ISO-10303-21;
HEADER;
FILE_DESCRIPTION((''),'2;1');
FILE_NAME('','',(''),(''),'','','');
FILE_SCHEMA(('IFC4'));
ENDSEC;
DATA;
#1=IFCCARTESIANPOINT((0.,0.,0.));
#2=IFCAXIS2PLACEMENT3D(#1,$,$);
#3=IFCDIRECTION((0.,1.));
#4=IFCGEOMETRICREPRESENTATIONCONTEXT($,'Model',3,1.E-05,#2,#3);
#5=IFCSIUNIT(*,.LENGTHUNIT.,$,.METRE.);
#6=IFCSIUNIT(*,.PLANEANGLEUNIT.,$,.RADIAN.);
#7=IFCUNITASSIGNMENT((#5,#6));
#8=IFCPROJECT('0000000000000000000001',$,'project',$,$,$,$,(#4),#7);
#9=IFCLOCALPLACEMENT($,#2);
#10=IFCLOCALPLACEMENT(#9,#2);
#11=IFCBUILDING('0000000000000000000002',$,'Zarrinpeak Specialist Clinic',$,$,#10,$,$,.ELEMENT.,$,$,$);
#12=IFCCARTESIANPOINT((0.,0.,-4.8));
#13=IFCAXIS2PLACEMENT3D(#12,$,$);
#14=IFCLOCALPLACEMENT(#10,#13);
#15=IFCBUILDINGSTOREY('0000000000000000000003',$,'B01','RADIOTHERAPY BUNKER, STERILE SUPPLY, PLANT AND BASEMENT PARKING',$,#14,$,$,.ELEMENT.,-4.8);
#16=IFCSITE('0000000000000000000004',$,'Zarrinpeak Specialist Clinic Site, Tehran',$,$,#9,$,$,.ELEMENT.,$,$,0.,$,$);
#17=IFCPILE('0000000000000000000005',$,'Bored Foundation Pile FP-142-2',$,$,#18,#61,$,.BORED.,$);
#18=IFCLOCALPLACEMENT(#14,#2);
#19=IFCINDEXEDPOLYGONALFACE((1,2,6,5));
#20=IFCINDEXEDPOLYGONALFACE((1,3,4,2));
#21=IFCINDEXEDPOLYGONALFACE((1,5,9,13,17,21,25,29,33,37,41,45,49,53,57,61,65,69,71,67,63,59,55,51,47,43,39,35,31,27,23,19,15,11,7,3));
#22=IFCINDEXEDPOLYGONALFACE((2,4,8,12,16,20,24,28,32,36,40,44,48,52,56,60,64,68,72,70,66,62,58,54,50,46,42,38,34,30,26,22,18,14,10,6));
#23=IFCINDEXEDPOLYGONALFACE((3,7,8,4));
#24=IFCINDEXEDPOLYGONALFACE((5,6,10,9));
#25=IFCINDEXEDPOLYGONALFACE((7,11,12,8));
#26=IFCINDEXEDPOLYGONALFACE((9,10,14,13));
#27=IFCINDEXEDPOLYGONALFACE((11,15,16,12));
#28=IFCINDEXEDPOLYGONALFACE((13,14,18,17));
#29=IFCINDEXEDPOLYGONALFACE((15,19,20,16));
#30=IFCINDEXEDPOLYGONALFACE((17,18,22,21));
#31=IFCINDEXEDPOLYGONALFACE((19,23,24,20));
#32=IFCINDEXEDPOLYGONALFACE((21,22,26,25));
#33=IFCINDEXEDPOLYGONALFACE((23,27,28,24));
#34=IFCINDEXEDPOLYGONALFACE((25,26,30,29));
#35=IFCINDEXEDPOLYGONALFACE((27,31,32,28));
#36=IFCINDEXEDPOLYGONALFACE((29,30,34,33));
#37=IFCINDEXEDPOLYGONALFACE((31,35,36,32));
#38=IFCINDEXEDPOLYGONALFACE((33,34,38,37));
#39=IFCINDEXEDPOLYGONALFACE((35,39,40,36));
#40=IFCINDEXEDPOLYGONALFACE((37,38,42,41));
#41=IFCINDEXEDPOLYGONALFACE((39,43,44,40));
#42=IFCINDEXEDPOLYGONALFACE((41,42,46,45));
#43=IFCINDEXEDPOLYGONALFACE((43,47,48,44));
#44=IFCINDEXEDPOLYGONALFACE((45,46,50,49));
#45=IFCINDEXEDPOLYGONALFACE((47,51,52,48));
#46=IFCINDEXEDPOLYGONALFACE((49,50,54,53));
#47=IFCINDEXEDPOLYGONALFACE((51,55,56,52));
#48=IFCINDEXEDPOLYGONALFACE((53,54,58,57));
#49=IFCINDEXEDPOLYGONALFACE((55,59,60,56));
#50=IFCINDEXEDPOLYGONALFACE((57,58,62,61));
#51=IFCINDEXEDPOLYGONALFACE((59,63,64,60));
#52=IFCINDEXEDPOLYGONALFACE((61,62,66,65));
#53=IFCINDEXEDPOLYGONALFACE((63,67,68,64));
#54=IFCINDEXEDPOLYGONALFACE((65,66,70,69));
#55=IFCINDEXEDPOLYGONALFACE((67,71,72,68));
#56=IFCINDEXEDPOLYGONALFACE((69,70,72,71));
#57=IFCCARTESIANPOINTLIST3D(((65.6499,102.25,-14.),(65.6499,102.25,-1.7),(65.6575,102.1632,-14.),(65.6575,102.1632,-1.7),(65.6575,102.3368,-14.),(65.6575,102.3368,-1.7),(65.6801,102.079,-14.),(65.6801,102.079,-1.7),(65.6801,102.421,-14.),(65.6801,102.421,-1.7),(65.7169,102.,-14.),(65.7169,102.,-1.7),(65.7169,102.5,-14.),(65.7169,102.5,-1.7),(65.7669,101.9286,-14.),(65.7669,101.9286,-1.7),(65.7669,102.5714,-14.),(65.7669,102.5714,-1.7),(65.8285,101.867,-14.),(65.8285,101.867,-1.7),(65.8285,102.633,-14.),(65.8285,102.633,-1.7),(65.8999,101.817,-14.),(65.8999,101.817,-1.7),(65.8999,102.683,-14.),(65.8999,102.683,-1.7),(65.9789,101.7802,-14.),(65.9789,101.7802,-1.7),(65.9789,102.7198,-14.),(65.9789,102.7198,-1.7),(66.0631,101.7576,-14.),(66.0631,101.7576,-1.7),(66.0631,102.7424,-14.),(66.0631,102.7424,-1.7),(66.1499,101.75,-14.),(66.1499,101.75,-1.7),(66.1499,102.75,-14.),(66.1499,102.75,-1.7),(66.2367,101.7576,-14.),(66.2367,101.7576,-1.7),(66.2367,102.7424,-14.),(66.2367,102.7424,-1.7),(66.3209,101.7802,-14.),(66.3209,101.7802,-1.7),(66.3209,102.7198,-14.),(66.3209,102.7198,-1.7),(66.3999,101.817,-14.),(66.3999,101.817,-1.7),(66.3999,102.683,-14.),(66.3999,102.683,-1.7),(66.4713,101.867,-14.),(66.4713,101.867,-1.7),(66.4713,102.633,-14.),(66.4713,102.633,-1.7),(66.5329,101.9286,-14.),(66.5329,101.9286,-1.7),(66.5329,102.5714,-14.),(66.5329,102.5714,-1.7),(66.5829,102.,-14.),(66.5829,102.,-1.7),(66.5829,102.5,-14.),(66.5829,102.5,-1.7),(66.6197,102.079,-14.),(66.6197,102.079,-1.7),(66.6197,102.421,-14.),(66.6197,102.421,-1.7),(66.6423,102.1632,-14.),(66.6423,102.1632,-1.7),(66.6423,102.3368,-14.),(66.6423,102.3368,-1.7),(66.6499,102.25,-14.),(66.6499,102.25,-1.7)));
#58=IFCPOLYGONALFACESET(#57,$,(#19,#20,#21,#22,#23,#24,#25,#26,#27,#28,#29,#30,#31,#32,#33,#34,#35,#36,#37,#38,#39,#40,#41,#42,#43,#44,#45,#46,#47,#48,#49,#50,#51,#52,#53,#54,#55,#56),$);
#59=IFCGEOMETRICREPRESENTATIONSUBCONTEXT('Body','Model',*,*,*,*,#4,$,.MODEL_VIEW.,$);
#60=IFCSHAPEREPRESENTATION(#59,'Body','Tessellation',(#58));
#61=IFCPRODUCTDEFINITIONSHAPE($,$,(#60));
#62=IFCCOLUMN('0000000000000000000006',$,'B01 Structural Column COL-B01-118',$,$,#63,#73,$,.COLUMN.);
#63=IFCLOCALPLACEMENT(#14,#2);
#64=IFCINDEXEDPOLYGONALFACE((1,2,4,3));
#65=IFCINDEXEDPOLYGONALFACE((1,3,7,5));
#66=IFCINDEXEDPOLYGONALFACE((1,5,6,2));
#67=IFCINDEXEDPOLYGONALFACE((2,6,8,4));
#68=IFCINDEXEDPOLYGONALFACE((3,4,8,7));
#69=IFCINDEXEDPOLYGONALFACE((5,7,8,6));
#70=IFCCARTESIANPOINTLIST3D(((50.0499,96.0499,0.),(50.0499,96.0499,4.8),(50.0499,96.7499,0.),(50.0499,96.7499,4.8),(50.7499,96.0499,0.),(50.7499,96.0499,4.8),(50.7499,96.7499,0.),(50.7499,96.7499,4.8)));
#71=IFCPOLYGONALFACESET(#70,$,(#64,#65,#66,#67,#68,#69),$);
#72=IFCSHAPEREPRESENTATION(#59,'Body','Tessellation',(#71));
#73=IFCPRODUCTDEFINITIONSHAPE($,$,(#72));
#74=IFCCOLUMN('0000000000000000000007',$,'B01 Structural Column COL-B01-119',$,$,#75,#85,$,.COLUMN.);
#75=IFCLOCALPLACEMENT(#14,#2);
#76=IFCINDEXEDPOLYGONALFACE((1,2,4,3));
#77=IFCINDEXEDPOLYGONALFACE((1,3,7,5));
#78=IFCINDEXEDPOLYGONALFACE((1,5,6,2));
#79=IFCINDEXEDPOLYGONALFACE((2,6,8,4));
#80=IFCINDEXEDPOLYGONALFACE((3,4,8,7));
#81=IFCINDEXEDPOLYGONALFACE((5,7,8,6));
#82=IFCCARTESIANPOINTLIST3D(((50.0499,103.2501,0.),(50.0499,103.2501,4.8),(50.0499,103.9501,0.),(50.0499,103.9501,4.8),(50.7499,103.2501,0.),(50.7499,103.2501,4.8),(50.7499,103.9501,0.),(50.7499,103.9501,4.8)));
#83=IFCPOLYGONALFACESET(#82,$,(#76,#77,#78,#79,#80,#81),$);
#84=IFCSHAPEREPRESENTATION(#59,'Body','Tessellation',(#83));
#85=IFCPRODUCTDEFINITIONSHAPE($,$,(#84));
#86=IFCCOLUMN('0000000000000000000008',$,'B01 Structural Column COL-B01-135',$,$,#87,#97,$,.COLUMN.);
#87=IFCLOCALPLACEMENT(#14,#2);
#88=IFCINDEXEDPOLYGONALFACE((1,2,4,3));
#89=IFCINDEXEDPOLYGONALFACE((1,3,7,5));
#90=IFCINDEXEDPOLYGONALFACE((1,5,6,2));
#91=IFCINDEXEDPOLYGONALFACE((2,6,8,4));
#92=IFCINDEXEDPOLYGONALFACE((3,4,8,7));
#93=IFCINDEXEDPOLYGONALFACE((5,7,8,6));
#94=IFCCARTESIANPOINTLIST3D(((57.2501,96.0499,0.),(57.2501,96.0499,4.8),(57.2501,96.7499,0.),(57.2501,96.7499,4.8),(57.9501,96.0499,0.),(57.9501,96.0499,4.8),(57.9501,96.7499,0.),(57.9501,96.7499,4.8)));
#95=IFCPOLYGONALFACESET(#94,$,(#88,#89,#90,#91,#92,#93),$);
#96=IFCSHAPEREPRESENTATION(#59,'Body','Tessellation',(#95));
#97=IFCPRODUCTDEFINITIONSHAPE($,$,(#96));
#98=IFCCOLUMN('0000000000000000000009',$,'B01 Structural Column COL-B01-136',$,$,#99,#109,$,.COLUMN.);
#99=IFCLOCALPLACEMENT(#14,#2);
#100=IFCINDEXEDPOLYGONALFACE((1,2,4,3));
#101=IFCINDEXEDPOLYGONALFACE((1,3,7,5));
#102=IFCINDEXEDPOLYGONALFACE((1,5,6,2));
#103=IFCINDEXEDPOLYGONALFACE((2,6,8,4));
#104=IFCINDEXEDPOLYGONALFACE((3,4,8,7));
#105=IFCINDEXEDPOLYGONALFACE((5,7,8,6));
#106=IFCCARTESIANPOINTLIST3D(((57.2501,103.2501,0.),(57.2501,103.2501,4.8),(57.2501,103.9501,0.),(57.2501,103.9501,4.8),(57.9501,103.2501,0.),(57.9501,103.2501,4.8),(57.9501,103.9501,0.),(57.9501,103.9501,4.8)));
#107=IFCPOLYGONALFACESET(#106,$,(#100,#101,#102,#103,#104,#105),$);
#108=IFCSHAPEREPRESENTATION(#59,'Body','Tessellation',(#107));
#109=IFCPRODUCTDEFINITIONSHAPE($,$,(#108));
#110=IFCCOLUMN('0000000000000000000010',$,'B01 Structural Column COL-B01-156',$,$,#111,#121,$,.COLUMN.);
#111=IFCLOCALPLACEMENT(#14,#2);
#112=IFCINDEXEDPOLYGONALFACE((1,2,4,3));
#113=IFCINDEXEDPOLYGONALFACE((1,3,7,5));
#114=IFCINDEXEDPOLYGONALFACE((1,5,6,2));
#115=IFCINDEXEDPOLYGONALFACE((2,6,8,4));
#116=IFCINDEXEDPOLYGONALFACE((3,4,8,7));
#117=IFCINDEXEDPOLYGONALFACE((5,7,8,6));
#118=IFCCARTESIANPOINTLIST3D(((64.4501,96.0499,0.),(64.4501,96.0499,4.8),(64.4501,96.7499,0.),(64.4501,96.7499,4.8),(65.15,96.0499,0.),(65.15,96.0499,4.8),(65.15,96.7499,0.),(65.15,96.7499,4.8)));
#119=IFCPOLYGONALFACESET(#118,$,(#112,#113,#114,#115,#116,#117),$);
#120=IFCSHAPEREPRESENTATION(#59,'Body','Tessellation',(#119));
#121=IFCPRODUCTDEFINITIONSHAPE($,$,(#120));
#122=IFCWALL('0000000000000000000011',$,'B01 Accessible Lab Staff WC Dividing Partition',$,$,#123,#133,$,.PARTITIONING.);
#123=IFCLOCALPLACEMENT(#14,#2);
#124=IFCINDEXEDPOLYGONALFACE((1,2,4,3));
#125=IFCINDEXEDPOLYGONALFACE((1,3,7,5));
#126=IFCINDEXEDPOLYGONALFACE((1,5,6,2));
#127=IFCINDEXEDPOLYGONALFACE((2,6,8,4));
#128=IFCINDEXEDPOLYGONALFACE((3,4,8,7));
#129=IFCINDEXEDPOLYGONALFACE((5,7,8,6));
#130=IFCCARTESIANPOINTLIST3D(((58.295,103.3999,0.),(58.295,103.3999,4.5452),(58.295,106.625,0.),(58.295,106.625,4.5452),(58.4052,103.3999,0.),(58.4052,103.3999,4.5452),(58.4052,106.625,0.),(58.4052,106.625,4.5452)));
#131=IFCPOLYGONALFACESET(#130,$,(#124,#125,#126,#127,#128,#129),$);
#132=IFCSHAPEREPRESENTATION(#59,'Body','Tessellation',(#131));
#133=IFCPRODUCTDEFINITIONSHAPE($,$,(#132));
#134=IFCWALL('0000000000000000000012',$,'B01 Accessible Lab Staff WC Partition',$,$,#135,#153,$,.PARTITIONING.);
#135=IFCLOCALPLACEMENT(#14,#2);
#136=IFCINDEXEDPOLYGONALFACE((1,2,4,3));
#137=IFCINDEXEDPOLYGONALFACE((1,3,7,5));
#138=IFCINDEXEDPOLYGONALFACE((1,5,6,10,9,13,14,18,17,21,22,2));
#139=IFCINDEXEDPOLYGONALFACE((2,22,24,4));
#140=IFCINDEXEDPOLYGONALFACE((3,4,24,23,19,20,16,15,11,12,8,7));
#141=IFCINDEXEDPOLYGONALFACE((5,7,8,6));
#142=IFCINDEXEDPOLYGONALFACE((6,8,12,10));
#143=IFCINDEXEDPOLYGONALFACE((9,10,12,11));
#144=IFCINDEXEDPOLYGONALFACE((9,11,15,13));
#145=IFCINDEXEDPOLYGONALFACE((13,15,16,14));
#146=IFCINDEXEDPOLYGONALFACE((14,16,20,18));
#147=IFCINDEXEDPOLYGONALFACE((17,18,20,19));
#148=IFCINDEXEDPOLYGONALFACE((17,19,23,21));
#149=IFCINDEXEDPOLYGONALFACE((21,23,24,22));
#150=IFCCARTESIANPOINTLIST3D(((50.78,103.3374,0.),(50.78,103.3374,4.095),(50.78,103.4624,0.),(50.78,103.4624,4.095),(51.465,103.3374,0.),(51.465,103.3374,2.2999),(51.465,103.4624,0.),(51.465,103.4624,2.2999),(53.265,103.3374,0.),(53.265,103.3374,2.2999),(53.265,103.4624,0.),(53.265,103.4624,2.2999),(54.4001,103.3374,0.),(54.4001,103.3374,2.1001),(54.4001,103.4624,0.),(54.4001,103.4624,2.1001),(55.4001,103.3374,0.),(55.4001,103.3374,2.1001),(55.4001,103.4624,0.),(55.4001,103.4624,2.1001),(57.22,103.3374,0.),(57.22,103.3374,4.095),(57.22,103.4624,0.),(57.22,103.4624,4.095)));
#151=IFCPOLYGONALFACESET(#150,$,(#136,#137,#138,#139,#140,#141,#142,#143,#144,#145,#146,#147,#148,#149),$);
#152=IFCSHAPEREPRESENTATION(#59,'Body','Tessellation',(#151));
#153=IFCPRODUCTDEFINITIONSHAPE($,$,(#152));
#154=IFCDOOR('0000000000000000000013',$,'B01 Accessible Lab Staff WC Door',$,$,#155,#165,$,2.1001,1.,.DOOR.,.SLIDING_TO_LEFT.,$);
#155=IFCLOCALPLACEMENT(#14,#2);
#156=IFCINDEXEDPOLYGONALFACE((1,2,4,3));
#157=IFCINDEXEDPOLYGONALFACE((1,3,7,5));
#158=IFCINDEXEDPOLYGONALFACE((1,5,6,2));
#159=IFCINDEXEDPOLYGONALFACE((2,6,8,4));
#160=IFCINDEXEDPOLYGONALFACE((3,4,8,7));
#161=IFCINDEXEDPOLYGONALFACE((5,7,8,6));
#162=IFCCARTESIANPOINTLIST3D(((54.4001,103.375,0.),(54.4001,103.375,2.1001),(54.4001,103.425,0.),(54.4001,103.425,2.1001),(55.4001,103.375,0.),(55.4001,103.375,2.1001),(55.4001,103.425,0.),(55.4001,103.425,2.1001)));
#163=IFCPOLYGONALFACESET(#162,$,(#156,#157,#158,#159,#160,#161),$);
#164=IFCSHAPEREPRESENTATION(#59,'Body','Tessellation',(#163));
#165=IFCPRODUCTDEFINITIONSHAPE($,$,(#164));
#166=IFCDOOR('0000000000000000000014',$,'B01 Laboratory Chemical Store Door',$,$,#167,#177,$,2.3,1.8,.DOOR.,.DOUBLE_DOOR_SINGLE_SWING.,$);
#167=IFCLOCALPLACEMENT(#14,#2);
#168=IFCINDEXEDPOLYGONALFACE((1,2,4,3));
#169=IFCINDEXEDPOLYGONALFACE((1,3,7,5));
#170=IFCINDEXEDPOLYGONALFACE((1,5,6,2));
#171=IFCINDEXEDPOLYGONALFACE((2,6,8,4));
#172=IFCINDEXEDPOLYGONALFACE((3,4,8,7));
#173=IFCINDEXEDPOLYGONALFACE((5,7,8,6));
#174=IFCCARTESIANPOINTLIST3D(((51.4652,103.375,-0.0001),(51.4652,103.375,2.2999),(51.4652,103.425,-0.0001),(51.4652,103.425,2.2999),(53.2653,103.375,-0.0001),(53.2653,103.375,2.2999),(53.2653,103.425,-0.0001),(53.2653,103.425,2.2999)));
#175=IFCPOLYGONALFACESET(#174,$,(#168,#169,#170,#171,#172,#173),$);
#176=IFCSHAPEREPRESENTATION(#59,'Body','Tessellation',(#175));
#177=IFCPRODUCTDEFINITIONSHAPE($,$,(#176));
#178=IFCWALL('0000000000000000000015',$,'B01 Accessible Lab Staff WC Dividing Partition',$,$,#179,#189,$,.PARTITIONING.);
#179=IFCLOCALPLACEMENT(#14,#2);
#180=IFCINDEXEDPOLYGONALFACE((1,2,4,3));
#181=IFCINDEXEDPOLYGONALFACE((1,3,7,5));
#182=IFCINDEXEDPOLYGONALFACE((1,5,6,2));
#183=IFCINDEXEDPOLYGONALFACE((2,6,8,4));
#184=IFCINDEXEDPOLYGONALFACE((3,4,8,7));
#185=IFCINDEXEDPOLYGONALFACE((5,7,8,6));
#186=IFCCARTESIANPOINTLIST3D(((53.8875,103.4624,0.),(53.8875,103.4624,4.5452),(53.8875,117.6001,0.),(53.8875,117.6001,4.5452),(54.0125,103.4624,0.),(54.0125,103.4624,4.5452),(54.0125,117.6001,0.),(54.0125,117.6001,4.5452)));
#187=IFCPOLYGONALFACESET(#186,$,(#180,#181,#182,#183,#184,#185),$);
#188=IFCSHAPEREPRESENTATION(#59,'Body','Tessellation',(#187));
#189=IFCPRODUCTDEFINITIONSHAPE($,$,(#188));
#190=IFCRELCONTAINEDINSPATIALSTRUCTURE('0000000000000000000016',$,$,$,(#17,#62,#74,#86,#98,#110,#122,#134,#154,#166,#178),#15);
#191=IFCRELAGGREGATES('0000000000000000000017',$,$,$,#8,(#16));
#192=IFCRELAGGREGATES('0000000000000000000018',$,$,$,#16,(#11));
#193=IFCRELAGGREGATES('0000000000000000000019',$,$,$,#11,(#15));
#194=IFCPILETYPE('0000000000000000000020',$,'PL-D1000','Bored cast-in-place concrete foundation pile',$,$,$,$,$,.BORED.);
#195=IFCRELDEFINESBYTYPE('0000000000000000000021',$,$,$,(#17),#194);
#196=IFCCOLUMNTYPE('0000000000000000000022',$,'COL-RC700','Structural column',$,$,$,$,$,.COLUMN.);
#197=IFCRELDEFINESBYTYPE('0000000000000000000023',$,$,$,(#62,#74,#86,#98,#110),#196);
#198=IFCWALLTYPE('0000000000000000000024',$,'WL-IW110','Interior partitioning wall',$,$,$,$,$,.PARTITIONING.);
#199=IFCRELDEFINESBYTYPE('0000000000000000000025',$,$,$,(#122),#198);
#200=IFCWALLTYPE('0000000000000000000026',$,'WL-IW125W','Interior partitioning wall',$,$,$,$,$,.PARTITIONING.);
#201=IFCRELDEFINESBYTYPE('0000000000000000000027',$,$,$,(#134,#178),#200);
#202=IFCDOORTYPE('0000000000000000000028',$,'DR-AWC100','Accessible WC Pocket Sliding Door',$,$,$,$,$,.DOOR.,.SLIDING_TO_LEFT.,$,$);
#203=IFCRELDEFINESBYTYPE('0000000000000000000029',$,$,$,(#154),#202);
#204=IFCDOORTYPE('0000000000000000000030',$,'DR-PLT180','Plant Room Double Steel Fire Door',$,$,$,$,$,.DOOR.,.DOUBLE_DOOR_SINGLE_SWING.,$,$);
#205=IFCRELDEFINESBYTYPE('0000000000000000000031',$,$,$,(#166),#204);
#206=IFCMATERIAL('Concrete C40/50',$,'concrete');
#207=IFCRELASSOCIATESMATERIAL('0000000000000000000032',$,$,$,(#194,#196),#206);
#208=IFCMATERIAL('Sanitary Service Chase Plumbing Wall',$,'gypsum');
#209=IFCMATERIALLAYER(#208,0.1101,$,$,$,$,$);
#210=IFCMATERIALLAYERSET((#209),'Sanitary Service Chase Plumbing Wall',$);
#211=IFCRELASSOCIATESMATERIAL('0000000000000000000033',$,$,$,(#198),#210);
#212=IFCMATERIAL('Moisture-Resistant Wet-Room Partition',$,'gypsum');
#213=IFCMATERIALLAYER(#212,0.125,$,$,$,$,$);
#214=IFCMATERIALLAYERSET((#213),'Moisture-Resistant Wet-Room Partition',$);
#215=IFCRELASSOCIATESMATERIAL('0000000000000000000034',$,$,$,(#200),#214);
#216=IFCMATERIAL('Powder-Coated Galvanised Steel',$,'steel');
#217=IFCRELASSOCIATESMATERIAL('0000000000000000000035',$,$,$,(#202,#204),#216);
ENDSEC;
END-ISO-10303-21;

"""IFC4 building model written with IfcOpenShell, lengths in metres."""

from ifc_helpers import new_model, si_unit, direction, frame, frame_2d, origin, origin_2d, place, context, subcontext, project, spatial, rectangle, circle, extrude, material, layer, layer_set, material_profile, profile_set, type_object, element, fill, save


model = new_model("IFC4")

# Units and contexts
model_context = context("Model", 3, precision=1e-05, world=origin(), true_north=direction((0.0, 1.0)))
body_context = subcontext(model_context, "Body", "Model", "MODEL_VIEW")
ifc_project = project(units=[si_unit("LENGTHUNIT", "METRE"), si_unit("PLANEANGLEUNIT", "RADIAN")], contexts=[model_context])

# Site, building, storey
site_placement = place(None, origin())
site = spatial("IfcSite", under=ifc_project, at=site_placement, Name="Zarrinpeak Specialist Clinic Site, Tehran", CompositionType="ELEMENT", RefElevation=0.0)
building_placement = place(site_placement, origin())
building = spatial("IfcBuilding", under=site, at=building_placement, Name="Zarrinpeak Specialist Clinic", CompositionType="ELEMENT")
storey_placement = place(building_placement, frame((0.0, 0.0, -4.8)))
storey = spatial("IfcBuildingStorey", under=building, at=storey_placement, Name="B01", Description="RADIOTHERAPY BUNKER, STERILE SUPPLY, PLANT AND BASEMENT PARKING", CompositionType="ELEMENT", Elevation=-4.8)

# Shared definitions
ifc_material_1 = material(Name="Concrete C40/50", Category="concrete")

# Pile
ifc_material_profile_1 = material_profile(ifc_material_1, circle(Radius=0.5, at=origin_2d()), Name="BORED PILE D1000")
ifc_profile_set_1 = profile_set([ifc_material_profile_1], Name="Concrete C40/50")
pile_type = type_object("IfcPileType", Name="PL-D1000", Description="Bored cast-in-place concrete foundation pile", PredefinedType="BORED", material=ifc_profile_set_1)
for number, where, z_axis, x_axis, name in (
    (1, (66.1499, 102.25, -1.7), (0.0, 0.0, -1.0), (1.0, 0.0, 0.0), "Bored Foundation Pile FP-142-2"),
):
    element("IfcPile", number, at=place(storey_placement, frame(where, z_axis=z_axis, x_axis=x_axis)), inside=storey, type_object=pile_type, Name=name, PredefinedType="BORED", context=body_context, shape_type="SweptSolid", body=[
        extrude(circle(Radius=0.5, at=origin_2d()), origin(), (0.0, 0.0, 1.0), 12.3),
    ])

# Columns
ifc_material_profile_2 = material_profile(ifc_material_1, rectangle(XDim=0.7, YDim=0.7, at=origin_2d()), Name="RC 700x700")
ifc_profile_set_2 = profile_set([ifc_material_profile_2], Name="Concrete C40/50")
column_type = type_object("IfcColumnType", Name="COL-RC700", Description="Structural column", PredefinedType="COLUMN", material=ifc_profile_set_2)
for number, where, z_axis, x_axis, name in (
    (2, (50.3999, 96.3999, 0.0), (0.0, 0.0, 1.0), (1.0, 0.0, 0.0), "B01 Structural Column COL-B01-118"),
    (3, (50.3999, 103.6001, 0.0), (0.0, 0.0, 1.0), (1.0, 0.0, 0.0), "B01 Structural Column COL-B01-119"),
    (4, (57.6001, 96.3999, 0.0), (0.0, 0.0, 1.0), (1.0, 0.0, 0.0), "B01 Structural Column COL-B01-135"),
    (5, (57.6001, 103.6001, 0.0), (0.0, 0.0, 1.0), (1.0, 0.0, 0.0), "B01 Structural Column COL-B01-136"),
    (6, (64.8, 96.3999, 0.0), (0.0, 0.0, 1.0), (1.0, 0.0, 0.0), "B01 Structural Column COL-B01-156"),
):
    element("IfcColumn", number, at=place(storey_placement, frame(where, z_axis=z_axis, x_axis=x_axis)), inside=storey, type_object=column_type, Name=name, PredefinedType="COLUMN", context=body_context, shape_type="SweptSolid", body=[
        extrude(rectangle(XDim=0.7, YDim=0.7, at=origin_2d()), origin(), (0.0, 0.0, 1.0), 4.8),
    ])

# Wall
ifc_material_2 = material(Name="Sanitary Service Chase Plumbing Wall", Category="gypsum")
ifc_layer_1 = layer(ifc_material_2, 0.1101)
ifc_layer_set_1 = layer_set([ifc_layer_1], Name="Sanitary Service Chase Plumbing Wall")
wall_type_1 = type_object("IfcWallType", Name="WL-IW110", Description="Interior partitioning wall", PredefinedType="PARTITIONING", material=ifc_layer_set_1)
wall_1_placement = place(storey_placement, frame((58.3501, 103.3999, 0.0), z_axis=(0.0, 0.0, 1.0), x_axis=(0.0, 1.0, 0.0)))
element("IfcWall", 7, at=wall_1_placement, inside=storey, type_object=wall_type_1, Name="B01 Accessible Lab Staff WC Dividing Partition", PredefinedType="PARTITIONING", context=body_context, shape_type="SweptSolid", body=[
    extrude(rectangle(XDim=3.2251, YDim=0.1101, at=frame_2d((1.6125, 0.0))), origin(), (0.0, 0.0, 1.0), 4.5452),
])

# Wall, openings, doors
ifc_material_3 = material(Name="Moisture-Resistant Wet-Room Partition", Category="gypsum")
ifc_layer_2 = layer(ifc_material_3, 0.125)
ifc_layer_set_2 = layer_set([ifc_layer_2], Name="Moisture-Resistant Wet-Room Partition")
wall_type_2 = type_object("IfcWallType", Name="WL-IW125W", Description="Interior partitioning wall", PredefinedType="PARTITIONING", material=ifc_layer_set_2)
wall_2_placement = place(storey_placement, frame((50.78, 103.3999, 0.0), z_axis=(0.0, 0.0, 1.0), x_axis=(1.0, 0.0, 0.0)))
wall_2 = element("IfcWall", 8, at=wall_2_placement, inside=storey, type_object=wall_type_2, Name="B01 Accessible Lab Staff WC Partition", PredefinedType="PARTITIONING", context=body_context, shape_type="SweptSolid", body=[
    extrude(rectangle(XDim=6.4399, YDim=0.125, at=frame_2d((3.22, 0.0))), origin(), (0.0, 0.0, 1.0), 4.095),
])
opening_1_placement = place(wall_2_placement, frame((3.6201, 0.0, 0.0)))
opening_1 = element("IfcOpeningElement", 9, at=opening_1_placement, cuts=wall_2, PredefinedType="OPENING", context=body_context, shape_type="SweptSolid", body=[
    extrude(rectangle(XDim=1.0, YDim=2.1001, at=frame_2d((0.5, 1.05))), frame((0.0, 0.0725, 0.0), z_axis=(0.0, -1.0, 0.0), x_axis=(1.0, 0.0, 0.0)), (0.0, 0.0, 1.0), 0.145),
])
opening_2_placement = place(wall_2_placement, frame((0.6851, 0.0, 0.0)))
opening_2 = element("IfcOpeningElement", 10, at=opening_2_placement, cuts=wall_2, PredefinedType="OPENING", context=body_context, shape_type="SweptSolid", body=[
    extrude(rectangle(XDim=1.8, YDim=2.3, at=frame_2d((0.8999, 1.1499))), frame((0.0, 0.0725, 0.0), z_axis=(0.0, -1.0, 0.0), x_axis=(1.0, 0.0, 0.0)), (0.0, 0.0, 1.0), 0.145),
])
ifc_material_4 = material(Name="Powder-Coated Galvanised Steel", Category="steel")
door_type_1 = type_object("IfcDoorType", Name="DR-AWC100", Description="Accessible WC Pocket Sliding Door", OperationType="SLIDING_TO_LEFT", PredefinedType="DOOR", material=ifc_material_4)
door_1_placement = place(opening_1_placement, frame((1.0, 0.0, 0.0), z_axis=(0.0, 0.0, 1.0), x_axis=(-1.0, 0.0, 0.0)))
door_1 = element("IfcDoor", 11, at=door_1_placement, inside=storey, type_object=door_type_1, Name="B01 Accessible Lab Staff WC Door", OperationType="SLIDING_TO_LEFT", OverallHeight=2.1001, OverallWidth=1.0, PredefinedType="DOOR", context=body_context, shape_type="SweptSolid", body=[
    extrude(rectangle(XDim=1.0, YDim=2.1001, at=frame_2d((0.5, 1.05))), frame((0.0, 0.0249, 0.0), z_axis=(0.0, -1.0, 0.0), x_axis=(1.0, 0.0, 0.0)), (0.0, 0.0, 1.0), 0.05),
])
fill(opening_1, door_1)
door_type_2 = type_object("IfcDoorType", Name="DR-PLT180", Description="Plant Room Double Steel Fire Door", OperationType="DOUBLE_DOOR_SINGLE_SWING", PredefinedType="DOOR", material=ifc_material_4)
door_2_placement = place(opening_2_placement, frame((1.8, 0.0, 0.0), z_axis=(0.0, 0.0, 1.0), x_axis=(-1.0, 0.0, 0.0)))
door_2 = element("IfcDoor", 12, at=door_2_placement, inside=storey, type_object=door_type_2, Name="B01 Laboratory Chemical Store Door", OperationType="DOUBLE_DOOR_SINGLE_SWING", OverallHeight=2.3, OverallWidth=1.8, PredefinedType="DOOR", context=body_context, shape_type="SweptSolid", body=[
    extrude(rectangle(XDim=1.8, YDim=2.3, at=frame_2d((0.8999, 1.1499))), frame((0.0, 0.0249, 0.0), z_axis=(0.0, -1.0, 0.0), x_axis=(1.0, 0.0, 0.0)), (0.0, 0.0, 1.0), 0.05),
])
fill(opening_2, door_2)

# Wall
wall_3_placement = place(storey_placement, frame((53.95, 103.4624, 0.0), z_axis=(0.0, 0.0, 1.0), x_axis=(0.0, 1.0, 0.0)))
element("IfcWall", 13, at=wall_3_placement, inside=storey, type_object=wall_type_2, Name="B01 Accessible Lab Staff WC Dividing Partition", PredefinedType="PARTITIONING", context=body_context, shape_type="SweptSolid", body=[
    extrude(rectangle(XDim=14.1377, YDim=0.125, at=frame_2d((7.0688, 0.0))), origin(), (0.0, 0.0, 1.0), 4.5452),
])

save(model, "model.ifc")
